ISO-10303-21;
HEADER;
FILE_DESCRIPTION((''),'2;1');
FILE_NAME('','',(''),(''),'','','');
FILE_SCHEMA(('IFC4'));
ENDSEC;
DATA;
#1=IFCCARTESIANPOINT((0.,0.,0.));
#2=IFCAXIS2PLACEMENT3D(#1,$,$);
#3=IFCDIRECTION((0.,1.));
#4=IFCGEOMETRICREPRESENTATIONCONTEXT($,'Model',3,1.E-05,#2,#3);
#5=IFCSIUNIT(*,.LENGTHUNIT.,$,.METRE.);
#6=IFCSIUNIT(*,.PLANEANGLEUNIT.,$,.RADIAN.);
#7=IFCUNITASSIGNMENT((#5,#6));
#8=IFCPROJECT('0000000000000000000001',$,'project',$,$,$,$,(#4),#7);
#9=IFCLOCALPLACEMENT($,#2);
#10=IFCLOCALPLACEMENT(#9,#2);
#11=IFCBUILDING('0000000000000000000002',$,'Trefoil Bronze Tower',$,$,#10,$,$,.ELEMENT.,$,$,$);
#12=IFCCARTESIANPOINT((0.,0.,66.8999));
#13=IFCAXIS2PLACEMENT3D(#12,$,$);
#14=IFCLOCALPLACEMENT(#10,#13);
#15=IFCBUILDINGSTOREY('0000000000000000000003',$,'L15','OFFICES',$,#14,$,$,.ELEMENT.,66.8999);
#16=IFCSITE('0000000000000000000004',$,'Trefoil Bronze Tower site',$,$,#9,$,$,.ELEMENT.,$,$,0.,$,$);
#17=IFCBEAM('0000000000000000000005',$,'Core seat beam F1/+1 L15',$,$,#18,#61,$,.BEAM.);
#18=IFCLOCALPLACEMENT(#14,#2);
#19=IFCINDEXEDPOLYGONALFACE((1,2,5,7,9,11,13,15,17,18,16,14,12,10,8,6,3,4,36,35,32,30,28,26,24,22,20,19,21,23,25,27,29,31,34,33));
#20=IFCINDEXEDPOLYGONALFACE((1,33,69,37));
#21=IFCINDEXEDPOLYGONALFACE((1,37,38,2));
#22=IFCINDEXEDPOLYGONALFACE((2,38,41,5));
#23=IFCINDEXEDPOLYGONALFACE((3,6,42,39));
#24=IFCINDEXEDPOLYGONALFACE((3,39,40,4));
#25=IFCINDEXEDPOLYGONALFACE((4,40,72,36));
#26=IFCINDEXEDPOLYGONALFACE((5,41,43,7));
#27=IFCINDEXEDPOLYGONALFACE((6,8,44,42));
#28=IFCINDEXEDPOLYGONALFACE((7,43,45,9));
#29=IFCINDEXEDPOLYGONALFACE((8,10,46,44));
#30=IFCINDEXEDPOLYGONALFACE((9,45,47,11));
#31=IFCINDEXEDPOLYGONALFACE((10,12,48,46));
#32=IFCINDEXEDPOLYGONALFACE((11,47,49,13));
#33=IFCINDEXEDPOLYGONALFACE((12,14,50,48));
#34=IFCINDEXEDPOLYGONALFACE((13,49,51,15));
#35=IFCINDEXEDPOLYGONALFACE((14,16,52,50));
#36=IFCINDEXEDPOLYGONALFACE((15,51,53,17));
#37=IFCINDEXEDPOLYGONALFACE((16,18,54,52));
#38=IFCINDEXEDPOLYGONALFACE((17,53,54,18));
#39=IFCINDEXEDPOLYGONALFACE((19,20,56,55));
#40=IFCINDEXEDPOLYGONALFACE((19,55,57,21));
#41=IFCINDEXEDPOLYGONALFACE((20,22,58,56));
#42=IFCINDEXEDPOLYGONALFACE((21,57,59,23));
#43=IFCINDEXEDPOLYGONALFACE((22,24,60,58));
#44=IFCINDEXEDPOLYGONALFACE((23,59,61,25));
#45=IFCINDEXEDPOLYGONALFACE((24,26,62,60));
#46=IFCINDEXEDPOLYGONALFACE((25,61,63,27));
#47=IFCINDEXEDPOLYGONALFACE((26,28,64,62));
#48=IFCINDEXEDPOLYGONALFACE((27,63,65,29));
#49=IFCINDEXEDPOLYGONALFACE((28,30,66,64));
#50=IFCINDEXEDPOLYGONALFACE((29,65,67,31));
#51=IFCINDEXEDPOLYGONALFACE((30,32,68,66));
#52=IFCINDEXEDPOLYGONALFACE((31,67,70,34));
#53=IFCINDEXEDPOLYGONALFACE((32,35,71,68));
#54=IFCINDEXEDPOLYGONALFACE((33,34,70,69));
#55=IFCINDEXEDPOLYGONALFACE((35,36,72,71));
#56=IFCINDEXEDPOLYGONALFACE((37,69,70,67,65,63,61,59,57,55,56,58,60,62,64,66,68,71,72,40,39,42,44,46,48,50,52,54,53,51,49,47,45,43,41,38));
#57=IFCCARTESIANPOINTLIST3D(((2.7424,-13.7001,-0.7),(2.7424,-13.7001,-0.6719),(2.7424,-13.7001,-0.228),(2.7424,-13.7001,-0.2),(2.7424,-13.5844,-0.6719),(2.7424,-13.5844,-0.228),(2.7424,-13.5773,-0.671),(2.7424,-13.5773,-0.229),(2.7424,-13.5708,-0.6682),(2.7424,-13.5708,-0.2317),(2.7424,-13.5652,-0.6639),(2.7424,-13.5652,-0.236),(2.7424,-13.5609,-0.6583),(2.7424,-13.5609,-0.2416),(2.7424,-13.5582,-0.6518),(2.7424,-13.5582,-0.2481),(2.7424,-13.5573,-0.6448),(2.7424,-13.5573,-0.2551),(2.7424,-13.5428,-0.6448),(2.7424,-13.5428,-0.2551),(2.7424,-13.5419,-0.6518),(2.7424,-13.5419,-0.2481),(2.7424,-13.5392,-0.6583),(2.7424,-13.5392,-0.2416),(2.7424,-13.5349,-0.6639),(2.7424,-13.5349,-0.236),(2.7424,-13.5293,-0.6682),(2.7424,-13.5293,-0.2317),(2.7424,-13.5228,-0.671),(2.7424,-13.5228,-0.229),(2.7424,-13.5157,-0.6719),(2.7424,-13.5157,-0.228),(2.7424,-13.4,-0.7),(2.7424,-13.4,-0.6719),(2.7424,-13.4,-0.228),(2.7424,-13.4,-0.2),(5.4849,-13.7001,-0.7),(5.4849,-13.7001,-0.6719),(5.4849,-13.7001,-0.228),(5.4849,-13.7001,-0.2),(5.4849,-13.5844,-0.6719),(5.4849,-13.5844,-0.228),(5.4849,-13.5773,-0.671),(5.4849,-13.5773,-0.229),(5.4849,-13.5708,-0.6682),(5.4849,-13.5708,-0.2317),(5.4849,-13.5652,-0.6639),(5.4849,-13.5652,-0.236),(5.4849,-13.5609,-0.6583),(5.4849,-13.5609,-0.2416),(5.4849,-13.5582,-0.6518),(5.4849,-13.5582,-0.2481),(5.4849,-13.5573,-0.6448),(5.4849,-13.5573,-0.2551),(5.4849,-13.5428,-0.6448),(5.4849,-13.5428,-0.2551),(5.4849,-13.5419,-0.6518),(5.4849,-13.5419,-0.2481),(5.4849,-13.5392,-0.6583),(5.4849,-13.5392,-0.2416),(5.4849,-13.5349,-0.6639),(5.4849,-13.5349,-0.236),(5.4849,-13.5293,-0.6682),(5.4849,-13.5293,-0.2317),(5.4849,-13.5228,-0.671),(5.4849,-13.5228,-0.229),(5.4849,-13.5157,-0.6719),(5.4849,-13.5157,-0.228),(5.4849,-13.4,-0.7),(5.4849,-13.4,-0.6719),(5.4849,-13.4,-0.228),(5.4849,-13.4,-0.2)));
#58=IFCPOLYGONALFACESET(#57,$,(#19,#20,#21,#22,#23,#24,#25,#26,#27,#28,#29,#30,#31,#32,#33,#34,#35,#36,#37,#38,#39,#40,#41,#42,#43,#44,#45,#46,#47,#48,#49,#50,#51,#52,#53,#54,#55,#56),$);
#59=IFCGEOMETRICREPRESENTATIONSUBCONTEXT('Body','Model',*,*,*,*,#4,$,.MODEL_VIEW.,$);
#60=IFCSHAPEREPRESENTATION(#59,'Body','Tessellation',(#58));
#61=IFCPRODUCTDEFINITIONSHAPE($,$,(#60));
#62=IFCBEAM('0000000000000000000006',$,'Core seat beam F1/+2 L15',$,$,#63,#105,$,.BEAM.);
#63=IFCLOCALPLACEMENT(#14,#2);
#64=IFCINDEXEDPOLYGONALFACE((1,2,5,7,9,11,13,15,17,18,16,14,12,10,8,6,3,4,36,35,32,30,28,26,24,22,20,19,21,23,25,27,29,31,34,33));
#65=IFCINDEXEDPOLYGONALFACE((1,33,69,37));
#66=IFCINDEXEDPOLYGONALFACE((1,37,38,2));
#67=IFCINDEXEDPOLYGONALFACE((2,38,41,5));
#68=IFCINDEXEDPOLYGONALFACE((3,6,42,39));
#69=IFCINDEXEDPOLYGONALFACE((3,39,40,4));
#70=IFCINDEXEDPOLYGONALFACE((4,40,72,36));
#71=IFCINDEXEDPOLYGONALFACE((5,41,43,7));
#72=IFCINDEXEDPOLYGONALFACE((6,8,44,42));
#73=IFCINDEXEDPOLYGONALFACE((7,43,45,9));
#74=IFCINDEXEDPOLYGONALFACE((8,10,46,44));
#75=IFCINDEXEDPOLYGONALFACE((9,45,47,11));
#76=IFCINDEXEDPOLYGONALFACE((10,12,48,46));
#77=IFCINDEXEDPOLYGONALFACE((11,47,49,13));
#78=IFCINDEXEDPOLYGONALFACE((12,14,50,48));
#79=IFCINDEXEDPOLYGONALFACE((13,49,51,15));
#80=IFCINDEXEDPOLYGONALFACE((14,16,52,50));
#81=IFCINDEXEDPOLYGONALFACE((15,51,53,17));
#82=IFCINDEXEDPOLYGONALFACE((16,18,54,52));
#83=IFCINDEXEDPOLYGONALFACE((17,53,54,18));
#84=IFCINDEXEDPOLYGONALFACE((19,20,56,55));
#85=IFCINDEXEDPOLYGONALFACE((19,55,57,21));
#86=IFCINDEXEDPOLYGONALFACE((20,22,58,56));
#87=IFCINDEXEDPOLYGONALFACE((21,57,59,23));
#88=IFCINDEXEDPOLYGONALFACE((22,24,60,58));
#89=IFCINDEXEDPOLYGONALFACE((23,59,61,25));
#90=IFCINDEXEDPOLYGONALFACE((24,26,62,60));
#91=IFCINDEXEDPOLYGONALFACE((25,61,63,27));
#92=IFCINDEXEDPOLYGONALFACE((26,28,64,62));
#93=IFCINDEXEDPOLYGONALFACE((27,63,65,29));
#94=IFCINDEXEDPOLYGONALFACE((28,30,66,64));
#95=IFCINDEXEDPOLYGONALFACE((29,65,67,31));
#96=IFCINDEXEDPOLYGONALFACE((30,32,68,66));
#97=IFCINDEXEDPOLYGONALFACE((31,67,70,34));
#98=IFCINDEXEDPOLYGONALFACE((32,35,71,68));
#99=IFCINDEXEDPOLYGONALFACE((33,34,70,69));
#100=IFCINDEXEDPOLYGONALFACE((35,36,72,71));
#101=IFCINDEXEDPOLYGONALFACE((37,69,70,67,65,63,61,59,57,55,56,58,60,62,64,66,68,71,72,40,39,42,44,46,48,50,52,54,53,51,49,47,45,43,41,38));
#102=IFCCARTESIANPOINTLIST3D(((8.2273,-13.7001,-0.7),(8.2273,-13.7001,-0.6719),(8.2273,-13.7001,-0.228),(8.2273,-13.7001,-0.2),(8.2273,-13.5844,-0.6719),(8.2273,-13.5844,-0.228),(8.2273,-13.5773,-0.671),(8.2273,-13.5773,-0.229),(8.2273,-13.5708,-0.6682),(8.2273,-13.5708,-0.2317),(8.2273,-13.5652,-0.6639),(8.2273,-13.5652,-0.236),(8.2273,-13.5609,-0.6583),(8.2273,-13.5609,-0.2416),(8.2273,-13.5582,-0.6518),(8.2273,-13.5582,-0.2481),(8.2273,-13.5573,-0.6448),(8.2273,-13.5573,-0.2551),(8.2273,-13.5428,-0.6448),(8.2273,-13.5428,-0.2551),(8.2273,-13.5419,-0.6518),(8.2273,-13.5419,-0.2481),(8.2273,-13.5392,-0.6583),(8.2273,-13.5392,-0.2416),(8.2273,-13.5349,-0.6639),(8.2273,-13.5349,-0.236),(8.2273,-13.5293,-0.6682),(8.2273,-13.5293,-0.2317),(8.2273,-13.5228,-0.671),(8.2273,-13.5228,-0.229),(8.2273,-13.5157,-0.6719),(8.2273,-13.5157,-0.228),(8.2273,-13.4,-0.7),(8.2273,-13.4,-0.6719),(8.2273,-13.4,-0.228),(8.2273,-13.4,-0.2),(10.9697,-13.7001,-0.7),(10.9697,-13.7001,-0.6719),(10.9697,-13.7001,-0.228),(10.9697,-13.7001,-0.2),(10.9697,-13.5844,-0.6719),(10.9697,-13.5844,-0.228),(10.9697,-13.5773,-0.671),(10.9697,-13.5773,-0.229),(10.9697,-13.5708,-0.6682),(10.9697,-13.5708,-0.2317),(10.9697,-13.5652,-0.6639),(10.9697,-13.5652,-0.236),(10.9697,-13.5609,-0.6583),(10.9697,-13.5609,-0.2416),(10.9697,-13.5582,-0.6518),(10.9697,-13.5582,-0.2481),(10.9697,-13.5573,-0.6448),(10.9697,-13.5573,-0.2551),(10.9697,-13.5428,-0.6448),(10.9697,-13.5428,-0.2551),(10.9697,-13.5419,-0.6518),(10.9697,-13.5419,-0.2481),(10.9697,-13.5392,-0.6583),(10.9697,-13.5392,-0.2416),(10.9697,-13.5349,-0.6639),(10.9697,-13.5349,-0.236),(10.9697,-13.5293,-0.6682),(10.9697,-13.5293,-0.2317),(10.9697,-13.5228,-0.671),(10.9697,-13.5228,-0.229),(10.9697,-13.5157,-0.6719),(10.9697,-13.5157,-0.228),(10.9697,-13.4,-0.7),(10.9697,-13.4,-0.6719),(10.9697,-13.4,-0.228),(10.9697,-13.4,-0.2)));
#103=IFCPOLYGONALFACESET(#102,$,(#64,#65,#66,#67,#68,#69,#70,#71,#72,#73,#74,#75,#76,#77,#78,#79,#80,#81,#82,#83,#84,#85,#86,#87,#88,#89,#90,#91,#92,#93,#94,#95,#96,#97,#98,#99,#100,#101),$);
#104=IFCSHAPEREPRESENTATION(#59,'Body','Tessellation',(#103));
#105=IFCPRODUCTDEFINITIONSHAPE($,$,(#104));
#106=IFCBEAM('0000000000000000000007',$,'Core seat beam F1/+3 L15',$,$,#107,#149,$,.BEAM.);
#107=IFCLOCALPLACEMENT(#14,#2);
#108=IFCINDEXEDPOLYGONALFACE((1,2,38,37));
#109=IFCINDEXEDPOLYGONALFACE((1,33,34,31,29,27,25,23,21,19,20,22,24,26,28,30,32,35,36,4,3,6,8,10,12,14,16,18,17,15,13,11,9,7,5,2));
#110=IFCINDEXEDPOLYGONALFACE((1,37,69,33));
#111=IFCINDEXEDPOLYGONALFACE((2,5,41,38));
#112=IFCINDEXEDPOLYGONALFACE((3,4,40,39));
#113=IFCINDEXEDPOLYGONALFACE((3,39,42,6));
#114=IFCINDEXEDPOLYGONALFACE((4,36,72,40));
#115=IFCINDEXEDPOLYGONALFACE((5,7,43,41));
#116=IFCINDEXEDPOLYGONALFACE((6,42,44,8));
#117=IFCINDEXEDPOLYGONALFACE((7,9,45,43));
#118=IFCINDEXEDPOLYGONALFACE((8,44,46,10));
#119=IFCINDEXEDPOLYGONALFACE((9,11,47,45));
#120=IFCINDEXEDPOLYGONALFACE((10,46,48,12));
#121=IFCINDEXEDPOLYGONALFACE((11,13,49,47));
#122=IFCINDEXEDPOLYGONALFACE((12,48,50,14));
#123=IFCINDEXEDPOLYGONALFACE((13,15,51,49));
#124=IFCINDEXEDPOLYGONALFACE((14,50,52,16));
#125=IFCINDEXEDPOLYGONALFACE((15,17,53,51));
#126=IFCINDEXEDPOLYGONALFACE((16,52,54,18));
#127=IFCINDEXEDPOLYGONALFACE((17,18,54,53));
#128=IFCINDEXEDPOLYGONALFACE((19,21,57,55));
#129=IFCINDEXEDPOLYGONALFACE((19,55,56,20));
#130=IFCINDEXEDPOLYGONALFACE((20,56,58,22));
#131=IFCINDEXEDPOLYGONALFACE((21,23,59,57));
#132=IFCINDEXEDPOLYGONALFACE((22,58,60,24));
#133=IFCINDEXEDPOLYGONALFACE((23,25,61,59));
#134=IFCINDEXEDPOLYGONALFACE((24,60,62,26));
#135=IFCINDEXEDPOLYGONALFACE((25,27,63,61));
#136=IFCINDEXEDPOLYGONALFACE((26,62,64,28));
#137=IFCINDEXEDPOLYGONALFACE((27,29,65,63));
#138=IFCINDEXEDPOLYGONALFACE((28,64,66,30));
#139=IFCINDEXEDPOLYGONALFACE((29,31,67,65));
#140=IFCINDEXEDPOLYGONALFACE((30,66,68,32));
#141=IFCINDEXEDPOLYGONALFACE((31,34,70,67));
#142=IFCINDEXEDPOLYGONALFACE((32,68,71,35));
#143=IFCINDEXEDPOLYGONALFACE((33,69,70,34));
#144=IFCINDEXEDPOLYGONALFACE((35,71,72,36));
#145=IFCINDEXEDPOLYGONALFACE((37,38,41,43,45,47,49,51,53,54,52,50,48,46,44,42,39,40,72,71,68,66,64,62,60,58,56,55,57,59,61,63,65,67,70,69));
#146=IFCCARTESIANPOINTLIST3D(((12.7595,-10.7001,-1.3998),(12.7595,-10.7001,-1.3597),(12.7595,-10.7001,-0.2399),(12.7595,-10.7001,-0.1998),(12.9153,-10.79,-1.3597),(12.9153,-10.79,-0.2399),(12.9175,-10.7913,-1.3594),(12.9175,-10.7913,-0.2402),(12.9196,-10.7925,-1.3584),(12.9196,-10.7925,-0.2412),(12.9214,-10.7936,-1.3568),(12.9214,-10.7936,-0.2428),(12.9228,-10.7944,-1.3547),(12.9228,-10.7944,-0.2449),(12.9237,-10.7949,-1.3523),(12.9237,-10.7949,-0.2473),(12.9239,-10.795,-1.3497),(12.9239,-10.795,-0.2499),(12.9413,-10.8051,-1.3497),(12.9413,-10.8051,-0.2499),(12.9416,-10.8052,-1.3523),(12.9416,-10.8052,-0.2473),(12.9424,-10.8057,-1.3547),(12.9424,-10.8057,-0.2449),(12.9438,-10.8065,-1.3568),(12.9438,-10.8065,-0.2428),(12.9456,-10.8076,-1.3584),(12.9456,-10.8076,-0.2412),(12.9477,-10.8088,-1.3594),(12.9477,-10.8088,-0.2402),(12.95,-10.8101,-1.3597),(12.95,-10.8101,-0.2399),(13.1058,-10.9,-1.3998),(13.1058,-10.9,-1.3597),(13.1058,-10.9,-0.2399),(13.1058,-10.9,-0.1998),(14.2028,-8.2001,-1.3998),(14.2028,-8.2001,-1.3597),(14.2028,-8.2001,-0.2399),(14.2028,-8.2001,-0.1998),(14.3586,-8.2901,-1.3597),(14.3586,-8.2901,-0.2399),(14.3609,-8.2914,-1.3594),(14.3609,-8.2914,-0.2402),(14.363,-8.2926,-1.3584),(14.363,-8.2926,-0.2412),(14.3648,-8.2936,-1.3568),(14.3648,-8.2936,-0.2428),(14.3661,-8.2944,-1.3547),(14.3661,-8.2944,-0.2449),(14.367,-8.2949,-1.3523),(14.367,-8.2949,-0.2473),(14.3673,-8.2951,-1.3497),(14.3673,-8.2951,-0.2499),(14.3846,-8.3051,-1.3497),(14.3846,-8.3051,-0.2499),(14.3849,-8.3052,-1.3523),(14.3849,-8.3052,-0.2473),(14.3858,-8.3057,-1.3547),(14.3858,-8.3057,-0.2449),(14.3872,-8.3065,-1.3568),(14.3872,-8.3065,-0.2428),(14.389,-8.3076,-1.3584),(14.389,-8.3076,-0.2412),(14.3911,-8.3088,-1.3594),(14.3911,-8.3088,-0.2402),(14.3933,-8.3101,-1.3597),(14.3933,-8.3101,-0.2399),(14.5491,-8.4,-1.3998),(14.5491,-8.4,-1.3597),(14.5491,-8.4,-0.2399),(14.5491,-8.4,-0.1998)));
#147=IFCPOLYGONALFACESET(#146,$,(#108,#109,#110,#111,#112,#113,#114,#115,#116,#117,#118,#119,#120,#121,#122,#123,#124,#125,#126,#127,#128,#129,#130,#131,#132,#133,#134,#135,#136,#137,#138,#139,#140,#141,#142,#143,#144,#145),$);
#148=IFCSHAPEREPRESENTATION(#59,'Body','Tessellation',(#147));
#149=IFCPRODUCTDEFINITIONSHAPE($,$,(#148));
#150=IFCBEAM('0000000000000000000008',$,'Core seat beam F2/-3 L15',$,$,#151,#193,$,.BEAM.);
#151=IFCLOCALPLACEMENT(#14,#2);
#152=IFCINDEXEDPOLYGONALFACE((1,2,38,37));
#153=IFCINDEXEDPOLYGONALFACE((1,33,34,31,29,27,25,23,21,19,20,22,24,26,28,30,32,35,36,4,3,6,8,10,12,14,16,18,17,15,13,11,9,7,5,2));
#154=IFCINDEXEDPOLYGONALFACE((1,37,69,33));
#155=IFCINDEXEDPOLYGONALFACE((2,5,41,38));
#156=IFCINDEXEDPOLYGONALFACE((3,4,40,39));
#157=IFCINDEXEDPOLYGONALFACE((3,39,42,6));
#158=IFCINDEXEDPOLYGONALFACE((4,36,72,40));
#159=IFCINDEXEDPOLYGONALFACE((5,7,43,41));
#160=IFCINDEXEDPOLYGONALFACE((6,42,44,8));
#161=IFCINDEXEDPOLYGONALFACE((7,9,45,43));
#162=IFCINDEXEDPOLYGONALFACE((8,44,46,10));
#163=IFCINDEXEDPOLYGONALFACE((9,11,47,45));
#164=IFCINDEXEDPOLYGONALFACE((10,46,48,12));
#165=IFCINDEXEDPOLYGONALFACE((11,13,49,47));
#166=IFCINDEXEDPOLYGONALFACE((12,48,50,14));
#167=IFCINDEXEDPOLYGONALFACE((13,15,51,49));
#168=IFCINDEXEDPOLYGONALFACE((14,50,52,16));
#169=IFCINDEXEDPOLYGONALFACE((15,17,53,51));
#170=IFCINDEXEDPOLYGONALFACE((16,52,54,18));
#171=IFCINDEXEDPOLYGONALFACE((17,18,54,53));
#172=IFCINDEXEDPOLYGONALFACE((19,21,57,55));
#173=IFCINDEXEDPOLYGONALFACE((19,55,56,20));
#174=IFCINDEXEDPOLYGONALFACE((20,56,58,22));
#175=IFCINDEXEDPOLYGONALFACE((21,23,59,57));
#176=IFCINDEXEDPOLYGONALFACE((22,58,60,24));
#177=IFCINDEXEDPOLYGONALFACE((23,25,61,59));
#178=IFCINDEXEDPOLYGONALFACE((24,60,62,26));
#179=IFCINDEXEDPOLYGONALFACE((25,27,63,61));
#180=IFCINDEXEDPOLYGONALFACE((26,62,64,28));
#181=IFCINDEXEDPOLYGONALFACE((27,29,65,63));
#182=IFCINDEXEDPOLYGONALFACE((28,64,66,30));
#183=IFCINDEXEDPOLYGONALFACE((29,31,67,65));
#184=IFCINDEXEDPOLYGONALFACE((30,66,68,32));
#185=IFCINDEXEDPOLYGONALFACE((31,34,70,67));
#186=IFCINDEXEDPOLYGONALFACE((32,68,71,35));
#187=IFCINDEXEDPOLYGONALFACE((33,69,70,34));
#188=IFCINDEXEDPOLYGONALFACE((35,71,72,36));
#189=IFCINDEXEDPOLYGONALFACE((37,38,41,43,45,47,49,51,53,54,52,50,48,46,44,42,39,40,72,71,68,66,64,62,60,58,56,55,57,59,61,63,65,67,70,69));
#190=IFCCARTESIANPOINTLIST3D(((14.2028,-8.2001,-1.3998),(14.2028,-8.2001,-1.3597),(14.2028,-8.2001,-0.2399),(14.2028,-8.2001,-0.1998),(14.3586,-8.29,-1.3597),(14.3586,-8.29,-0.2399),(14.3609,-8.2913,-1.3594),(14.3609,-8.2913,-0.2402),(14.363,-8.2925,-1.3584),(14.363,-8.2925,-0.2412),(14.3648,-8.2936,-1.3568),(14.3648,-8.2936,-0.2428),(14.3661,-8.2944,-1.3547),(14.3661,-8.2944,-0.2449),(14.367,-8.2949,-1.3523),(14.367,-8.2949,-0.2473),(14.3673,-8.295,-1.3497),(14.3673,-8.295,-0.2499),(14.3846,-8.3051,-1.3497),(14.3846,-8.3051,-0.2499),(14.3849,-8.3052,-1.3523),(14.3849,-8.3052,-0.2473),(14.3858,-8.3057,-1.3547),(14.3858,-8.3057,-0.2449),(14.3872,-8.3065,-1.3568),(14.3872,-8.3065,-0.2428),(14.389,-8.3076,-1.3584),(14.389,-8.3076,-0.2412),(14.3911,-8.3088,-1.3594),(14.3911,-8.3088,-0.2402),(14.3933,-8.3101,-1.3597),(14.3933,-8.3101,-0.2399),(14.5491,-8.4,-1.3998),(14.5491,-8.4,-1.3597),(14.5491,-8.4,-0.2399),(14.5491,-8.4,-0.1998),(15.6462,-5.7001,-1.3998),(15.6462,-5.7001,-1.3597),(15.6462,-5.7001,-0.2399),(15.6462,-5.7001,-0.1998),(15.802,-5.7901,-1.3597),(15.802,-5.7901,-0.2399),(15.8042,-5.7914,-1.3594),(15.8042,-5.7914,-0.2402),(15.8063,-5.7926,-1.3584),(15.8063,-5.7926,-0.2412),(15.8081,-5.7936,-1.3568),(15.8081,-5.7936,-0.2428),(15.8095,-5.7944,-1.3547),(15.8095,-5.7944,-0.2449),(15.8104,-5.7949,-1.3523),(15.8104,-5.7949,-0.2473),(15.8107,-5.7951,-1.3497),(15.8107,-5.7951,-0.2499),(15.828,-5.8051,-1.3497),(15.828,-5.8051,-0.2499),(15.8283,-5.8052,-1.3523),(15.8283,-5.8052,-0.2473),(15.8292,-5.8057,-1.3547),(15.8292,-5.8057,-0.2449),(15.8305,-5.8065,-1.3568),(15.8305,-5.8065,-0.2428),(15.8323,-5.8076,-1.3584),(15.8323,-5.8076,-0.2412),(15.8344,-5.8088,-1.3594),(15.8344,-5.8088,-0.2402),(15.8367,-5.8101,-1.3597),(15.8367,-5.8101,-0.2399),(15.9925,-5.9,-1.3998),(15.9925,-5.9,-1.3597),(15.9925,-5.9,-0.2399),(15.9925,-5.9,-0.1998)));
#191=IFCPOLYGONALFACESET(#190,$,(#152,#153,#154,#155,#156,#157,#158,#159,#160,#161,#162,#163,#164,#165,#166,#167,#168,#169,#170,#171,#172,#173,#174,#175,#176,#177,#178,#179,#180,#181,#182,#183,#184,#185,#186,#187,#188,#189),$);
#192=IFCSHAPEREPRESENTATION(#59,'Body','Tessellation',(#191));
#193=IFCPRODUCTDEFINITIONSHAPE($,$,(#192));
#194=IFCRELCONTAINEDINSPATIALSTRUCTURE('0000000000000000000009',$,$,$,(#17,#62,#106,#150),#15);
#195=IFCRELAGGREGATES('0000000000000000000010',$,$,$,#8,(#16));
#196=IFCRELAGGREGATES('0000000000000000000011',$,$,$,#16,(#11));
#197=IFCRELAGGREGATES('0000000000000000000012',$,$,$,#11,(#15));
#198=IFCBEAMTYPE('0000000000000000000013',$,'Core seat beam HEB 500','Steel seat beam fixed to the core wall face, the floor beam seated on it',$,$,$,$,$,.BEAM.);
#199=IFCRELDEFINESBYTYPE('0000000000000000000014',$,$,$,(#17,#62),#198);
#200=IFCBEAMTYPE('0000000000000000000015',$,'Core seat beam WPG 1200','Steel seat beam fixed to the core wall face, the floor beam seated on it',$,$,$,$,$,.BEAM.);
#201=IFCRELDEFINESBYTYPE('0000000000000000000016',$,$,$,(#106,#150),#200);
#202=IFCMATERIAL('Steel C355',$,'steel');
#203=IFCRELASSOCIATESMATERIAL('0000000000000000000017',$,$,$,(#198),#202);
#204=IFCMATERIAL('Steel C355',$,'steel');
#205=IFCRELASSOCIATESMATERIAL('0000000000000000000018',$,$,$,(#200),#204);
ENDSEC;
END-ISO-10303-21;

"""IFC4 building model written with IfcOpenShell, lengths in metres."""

from ifc_helpers import new_model, si_unit, direction, frame, origin, origin_2d, place, context, subcontext, project, spatial, i_section, extrude, material, material_profile, profile_set, type_object, element, save


model = new_model("IFC4")

# Units and contexts
model_context = context("Model", 3, precision=1e-05, world=origin(), true_north=direction((0.0, 1.0)))
body_context = subcontext(model_context, "Body", "Model", "MODEL_VIEW")
ifc_project = project(units=[si_unit("LENGTHUNIT", "METRE"), si_unit("PLANEANGLEUNIT", "RADIAN")], contexts=[model_context])

# Site, building, storey
site_placement = place(None, origin())
site = spatial("IfcSite", under=ifc_project, at=site_placement, Name="Trefoil Bronze Tower site", CompositionType="ELEMENT", RefElevation=0.0)
building_placement = place(site_placement, origin())
building = spatial("IfcBuilding", under=site, at=building_placement, Name="Trefoil Bronze Tower", CompositionType="ELEMENT")
storey_placement = place(building_placement, frame((0.0, 0.0, 66.8999)))
storey = spatial("IfcBuildingStorey", under=building, at=storey_placement, Name="L15", Description="OFFICES", CompositionType="ELEMENT", Elevation=66.8999)

# Beams
ifc_material_1 = material(Name="Steel C355", Category="steel")
ifc_material_profile_1 = material_profile(ifc_material_1, i_section(OverallWidth=0.3, OverallDepth=0.5, WebThickness=0.0144, FlangeThickness=0.0281, FilletRadius=0.0271, at=origin_2d()), Name="HEB 500")
ifc_profile_set_1 = profile_set([ifc_material_profile_1], Name="Steel C355")
beam_type_1 = type_object("IfcBeamType", Name="Core seat beam HEB 500", Description="Steel seat beam fixed to the core wall face, the floor beam seated on it", PredefinedType="BEAM", material=ifc_profile_set_1)
for number, where, z_axis, x_axis, name in (
    (1, (2.7424, -13.55, -0.45), (1.0, 0.0, 0.0), (0.0, 1.0, 0.0), "Core seat beam F1/+1 L15"),
    (2, (8.2273, -13.55, -0.45), (1.0, 0.0, 0.0), (0.0, 1.0, 0.0), "Core seat beam F1/+2 L15"),
):
    element("IfcBeam", number, at=place(storey_placement, frame(where, z_axis=z_axis, x_axis=x_axis)), inside=storey, type_object=beam_type_1, Name=name, PredefinedType="BEAM", context=body_context, shape_type="SweptSolid", body=[
        extrude(i_section(OverallWidth=0.3, OverallDepth=0.5, WebThickness=0.0144, FlangeThickness=0.0281, FilletRadius=0.0271, at=origin_2d()), origin(), (0.0, 0.0, 1.0), 2.7424),
    ])
ifc_material_2 = material(Name="Steel C355", Category="steel")
ifc_material_profile_2 = material_profile(ifc_material_2, i_section(OverallWidth=0.3999, OverallDepth=1.2, WebThickness=0.02, FlangeThickness=0.04, FilletRadius=0.01, at=origin_2d()), Name="WPG 1200")
ifc_profile_set_2 = profile_set([ifc_material_profile_2], Name="Steel C355")
beam_type_2 = type_object("IfcBeamType", Name="Core seat beam WPG 1200", Description="Steel seat beam fixed to the core wall face, the floor beam seated on it", PredefinedType="BEAM", material=ifc_profile_set_2)
for number, where, z_axis, x_axis, name in (
    (3, (12.9326, -10.8, -0.7998), (0.499996, 0.866028, 0.0), (-0.866028, 0.499996, 0.0), "Core seat beam F1/+3 L15"),
    (4, (14.376, -8.3, -0.7998), (0.499996, 0.866028, 0.0), (-0.866028, 0.499996, 0.0), "Core seat beam F2/-3 L15"),
):
    element("IfcBeam", number, at=place(storey_placement, frame(where, z_axis=z_axis, x_axis=x_axis)), inside=storey, type_object=beam_type_2, Name=name, PredefinedType="BEAM", context=body_context, shape_type="SweptSolid", body=[
        extrude(i_section(OverallWidth=0.3999, OverallDepth=1.2, WebThickness=0.02, FlangeThickness=0.04, FilletRadius=0.01, at=origin_2d()), origin(), (0.0, 0.0, 1.0), 2.8867),
    ])

save(model, "model.ifc")
